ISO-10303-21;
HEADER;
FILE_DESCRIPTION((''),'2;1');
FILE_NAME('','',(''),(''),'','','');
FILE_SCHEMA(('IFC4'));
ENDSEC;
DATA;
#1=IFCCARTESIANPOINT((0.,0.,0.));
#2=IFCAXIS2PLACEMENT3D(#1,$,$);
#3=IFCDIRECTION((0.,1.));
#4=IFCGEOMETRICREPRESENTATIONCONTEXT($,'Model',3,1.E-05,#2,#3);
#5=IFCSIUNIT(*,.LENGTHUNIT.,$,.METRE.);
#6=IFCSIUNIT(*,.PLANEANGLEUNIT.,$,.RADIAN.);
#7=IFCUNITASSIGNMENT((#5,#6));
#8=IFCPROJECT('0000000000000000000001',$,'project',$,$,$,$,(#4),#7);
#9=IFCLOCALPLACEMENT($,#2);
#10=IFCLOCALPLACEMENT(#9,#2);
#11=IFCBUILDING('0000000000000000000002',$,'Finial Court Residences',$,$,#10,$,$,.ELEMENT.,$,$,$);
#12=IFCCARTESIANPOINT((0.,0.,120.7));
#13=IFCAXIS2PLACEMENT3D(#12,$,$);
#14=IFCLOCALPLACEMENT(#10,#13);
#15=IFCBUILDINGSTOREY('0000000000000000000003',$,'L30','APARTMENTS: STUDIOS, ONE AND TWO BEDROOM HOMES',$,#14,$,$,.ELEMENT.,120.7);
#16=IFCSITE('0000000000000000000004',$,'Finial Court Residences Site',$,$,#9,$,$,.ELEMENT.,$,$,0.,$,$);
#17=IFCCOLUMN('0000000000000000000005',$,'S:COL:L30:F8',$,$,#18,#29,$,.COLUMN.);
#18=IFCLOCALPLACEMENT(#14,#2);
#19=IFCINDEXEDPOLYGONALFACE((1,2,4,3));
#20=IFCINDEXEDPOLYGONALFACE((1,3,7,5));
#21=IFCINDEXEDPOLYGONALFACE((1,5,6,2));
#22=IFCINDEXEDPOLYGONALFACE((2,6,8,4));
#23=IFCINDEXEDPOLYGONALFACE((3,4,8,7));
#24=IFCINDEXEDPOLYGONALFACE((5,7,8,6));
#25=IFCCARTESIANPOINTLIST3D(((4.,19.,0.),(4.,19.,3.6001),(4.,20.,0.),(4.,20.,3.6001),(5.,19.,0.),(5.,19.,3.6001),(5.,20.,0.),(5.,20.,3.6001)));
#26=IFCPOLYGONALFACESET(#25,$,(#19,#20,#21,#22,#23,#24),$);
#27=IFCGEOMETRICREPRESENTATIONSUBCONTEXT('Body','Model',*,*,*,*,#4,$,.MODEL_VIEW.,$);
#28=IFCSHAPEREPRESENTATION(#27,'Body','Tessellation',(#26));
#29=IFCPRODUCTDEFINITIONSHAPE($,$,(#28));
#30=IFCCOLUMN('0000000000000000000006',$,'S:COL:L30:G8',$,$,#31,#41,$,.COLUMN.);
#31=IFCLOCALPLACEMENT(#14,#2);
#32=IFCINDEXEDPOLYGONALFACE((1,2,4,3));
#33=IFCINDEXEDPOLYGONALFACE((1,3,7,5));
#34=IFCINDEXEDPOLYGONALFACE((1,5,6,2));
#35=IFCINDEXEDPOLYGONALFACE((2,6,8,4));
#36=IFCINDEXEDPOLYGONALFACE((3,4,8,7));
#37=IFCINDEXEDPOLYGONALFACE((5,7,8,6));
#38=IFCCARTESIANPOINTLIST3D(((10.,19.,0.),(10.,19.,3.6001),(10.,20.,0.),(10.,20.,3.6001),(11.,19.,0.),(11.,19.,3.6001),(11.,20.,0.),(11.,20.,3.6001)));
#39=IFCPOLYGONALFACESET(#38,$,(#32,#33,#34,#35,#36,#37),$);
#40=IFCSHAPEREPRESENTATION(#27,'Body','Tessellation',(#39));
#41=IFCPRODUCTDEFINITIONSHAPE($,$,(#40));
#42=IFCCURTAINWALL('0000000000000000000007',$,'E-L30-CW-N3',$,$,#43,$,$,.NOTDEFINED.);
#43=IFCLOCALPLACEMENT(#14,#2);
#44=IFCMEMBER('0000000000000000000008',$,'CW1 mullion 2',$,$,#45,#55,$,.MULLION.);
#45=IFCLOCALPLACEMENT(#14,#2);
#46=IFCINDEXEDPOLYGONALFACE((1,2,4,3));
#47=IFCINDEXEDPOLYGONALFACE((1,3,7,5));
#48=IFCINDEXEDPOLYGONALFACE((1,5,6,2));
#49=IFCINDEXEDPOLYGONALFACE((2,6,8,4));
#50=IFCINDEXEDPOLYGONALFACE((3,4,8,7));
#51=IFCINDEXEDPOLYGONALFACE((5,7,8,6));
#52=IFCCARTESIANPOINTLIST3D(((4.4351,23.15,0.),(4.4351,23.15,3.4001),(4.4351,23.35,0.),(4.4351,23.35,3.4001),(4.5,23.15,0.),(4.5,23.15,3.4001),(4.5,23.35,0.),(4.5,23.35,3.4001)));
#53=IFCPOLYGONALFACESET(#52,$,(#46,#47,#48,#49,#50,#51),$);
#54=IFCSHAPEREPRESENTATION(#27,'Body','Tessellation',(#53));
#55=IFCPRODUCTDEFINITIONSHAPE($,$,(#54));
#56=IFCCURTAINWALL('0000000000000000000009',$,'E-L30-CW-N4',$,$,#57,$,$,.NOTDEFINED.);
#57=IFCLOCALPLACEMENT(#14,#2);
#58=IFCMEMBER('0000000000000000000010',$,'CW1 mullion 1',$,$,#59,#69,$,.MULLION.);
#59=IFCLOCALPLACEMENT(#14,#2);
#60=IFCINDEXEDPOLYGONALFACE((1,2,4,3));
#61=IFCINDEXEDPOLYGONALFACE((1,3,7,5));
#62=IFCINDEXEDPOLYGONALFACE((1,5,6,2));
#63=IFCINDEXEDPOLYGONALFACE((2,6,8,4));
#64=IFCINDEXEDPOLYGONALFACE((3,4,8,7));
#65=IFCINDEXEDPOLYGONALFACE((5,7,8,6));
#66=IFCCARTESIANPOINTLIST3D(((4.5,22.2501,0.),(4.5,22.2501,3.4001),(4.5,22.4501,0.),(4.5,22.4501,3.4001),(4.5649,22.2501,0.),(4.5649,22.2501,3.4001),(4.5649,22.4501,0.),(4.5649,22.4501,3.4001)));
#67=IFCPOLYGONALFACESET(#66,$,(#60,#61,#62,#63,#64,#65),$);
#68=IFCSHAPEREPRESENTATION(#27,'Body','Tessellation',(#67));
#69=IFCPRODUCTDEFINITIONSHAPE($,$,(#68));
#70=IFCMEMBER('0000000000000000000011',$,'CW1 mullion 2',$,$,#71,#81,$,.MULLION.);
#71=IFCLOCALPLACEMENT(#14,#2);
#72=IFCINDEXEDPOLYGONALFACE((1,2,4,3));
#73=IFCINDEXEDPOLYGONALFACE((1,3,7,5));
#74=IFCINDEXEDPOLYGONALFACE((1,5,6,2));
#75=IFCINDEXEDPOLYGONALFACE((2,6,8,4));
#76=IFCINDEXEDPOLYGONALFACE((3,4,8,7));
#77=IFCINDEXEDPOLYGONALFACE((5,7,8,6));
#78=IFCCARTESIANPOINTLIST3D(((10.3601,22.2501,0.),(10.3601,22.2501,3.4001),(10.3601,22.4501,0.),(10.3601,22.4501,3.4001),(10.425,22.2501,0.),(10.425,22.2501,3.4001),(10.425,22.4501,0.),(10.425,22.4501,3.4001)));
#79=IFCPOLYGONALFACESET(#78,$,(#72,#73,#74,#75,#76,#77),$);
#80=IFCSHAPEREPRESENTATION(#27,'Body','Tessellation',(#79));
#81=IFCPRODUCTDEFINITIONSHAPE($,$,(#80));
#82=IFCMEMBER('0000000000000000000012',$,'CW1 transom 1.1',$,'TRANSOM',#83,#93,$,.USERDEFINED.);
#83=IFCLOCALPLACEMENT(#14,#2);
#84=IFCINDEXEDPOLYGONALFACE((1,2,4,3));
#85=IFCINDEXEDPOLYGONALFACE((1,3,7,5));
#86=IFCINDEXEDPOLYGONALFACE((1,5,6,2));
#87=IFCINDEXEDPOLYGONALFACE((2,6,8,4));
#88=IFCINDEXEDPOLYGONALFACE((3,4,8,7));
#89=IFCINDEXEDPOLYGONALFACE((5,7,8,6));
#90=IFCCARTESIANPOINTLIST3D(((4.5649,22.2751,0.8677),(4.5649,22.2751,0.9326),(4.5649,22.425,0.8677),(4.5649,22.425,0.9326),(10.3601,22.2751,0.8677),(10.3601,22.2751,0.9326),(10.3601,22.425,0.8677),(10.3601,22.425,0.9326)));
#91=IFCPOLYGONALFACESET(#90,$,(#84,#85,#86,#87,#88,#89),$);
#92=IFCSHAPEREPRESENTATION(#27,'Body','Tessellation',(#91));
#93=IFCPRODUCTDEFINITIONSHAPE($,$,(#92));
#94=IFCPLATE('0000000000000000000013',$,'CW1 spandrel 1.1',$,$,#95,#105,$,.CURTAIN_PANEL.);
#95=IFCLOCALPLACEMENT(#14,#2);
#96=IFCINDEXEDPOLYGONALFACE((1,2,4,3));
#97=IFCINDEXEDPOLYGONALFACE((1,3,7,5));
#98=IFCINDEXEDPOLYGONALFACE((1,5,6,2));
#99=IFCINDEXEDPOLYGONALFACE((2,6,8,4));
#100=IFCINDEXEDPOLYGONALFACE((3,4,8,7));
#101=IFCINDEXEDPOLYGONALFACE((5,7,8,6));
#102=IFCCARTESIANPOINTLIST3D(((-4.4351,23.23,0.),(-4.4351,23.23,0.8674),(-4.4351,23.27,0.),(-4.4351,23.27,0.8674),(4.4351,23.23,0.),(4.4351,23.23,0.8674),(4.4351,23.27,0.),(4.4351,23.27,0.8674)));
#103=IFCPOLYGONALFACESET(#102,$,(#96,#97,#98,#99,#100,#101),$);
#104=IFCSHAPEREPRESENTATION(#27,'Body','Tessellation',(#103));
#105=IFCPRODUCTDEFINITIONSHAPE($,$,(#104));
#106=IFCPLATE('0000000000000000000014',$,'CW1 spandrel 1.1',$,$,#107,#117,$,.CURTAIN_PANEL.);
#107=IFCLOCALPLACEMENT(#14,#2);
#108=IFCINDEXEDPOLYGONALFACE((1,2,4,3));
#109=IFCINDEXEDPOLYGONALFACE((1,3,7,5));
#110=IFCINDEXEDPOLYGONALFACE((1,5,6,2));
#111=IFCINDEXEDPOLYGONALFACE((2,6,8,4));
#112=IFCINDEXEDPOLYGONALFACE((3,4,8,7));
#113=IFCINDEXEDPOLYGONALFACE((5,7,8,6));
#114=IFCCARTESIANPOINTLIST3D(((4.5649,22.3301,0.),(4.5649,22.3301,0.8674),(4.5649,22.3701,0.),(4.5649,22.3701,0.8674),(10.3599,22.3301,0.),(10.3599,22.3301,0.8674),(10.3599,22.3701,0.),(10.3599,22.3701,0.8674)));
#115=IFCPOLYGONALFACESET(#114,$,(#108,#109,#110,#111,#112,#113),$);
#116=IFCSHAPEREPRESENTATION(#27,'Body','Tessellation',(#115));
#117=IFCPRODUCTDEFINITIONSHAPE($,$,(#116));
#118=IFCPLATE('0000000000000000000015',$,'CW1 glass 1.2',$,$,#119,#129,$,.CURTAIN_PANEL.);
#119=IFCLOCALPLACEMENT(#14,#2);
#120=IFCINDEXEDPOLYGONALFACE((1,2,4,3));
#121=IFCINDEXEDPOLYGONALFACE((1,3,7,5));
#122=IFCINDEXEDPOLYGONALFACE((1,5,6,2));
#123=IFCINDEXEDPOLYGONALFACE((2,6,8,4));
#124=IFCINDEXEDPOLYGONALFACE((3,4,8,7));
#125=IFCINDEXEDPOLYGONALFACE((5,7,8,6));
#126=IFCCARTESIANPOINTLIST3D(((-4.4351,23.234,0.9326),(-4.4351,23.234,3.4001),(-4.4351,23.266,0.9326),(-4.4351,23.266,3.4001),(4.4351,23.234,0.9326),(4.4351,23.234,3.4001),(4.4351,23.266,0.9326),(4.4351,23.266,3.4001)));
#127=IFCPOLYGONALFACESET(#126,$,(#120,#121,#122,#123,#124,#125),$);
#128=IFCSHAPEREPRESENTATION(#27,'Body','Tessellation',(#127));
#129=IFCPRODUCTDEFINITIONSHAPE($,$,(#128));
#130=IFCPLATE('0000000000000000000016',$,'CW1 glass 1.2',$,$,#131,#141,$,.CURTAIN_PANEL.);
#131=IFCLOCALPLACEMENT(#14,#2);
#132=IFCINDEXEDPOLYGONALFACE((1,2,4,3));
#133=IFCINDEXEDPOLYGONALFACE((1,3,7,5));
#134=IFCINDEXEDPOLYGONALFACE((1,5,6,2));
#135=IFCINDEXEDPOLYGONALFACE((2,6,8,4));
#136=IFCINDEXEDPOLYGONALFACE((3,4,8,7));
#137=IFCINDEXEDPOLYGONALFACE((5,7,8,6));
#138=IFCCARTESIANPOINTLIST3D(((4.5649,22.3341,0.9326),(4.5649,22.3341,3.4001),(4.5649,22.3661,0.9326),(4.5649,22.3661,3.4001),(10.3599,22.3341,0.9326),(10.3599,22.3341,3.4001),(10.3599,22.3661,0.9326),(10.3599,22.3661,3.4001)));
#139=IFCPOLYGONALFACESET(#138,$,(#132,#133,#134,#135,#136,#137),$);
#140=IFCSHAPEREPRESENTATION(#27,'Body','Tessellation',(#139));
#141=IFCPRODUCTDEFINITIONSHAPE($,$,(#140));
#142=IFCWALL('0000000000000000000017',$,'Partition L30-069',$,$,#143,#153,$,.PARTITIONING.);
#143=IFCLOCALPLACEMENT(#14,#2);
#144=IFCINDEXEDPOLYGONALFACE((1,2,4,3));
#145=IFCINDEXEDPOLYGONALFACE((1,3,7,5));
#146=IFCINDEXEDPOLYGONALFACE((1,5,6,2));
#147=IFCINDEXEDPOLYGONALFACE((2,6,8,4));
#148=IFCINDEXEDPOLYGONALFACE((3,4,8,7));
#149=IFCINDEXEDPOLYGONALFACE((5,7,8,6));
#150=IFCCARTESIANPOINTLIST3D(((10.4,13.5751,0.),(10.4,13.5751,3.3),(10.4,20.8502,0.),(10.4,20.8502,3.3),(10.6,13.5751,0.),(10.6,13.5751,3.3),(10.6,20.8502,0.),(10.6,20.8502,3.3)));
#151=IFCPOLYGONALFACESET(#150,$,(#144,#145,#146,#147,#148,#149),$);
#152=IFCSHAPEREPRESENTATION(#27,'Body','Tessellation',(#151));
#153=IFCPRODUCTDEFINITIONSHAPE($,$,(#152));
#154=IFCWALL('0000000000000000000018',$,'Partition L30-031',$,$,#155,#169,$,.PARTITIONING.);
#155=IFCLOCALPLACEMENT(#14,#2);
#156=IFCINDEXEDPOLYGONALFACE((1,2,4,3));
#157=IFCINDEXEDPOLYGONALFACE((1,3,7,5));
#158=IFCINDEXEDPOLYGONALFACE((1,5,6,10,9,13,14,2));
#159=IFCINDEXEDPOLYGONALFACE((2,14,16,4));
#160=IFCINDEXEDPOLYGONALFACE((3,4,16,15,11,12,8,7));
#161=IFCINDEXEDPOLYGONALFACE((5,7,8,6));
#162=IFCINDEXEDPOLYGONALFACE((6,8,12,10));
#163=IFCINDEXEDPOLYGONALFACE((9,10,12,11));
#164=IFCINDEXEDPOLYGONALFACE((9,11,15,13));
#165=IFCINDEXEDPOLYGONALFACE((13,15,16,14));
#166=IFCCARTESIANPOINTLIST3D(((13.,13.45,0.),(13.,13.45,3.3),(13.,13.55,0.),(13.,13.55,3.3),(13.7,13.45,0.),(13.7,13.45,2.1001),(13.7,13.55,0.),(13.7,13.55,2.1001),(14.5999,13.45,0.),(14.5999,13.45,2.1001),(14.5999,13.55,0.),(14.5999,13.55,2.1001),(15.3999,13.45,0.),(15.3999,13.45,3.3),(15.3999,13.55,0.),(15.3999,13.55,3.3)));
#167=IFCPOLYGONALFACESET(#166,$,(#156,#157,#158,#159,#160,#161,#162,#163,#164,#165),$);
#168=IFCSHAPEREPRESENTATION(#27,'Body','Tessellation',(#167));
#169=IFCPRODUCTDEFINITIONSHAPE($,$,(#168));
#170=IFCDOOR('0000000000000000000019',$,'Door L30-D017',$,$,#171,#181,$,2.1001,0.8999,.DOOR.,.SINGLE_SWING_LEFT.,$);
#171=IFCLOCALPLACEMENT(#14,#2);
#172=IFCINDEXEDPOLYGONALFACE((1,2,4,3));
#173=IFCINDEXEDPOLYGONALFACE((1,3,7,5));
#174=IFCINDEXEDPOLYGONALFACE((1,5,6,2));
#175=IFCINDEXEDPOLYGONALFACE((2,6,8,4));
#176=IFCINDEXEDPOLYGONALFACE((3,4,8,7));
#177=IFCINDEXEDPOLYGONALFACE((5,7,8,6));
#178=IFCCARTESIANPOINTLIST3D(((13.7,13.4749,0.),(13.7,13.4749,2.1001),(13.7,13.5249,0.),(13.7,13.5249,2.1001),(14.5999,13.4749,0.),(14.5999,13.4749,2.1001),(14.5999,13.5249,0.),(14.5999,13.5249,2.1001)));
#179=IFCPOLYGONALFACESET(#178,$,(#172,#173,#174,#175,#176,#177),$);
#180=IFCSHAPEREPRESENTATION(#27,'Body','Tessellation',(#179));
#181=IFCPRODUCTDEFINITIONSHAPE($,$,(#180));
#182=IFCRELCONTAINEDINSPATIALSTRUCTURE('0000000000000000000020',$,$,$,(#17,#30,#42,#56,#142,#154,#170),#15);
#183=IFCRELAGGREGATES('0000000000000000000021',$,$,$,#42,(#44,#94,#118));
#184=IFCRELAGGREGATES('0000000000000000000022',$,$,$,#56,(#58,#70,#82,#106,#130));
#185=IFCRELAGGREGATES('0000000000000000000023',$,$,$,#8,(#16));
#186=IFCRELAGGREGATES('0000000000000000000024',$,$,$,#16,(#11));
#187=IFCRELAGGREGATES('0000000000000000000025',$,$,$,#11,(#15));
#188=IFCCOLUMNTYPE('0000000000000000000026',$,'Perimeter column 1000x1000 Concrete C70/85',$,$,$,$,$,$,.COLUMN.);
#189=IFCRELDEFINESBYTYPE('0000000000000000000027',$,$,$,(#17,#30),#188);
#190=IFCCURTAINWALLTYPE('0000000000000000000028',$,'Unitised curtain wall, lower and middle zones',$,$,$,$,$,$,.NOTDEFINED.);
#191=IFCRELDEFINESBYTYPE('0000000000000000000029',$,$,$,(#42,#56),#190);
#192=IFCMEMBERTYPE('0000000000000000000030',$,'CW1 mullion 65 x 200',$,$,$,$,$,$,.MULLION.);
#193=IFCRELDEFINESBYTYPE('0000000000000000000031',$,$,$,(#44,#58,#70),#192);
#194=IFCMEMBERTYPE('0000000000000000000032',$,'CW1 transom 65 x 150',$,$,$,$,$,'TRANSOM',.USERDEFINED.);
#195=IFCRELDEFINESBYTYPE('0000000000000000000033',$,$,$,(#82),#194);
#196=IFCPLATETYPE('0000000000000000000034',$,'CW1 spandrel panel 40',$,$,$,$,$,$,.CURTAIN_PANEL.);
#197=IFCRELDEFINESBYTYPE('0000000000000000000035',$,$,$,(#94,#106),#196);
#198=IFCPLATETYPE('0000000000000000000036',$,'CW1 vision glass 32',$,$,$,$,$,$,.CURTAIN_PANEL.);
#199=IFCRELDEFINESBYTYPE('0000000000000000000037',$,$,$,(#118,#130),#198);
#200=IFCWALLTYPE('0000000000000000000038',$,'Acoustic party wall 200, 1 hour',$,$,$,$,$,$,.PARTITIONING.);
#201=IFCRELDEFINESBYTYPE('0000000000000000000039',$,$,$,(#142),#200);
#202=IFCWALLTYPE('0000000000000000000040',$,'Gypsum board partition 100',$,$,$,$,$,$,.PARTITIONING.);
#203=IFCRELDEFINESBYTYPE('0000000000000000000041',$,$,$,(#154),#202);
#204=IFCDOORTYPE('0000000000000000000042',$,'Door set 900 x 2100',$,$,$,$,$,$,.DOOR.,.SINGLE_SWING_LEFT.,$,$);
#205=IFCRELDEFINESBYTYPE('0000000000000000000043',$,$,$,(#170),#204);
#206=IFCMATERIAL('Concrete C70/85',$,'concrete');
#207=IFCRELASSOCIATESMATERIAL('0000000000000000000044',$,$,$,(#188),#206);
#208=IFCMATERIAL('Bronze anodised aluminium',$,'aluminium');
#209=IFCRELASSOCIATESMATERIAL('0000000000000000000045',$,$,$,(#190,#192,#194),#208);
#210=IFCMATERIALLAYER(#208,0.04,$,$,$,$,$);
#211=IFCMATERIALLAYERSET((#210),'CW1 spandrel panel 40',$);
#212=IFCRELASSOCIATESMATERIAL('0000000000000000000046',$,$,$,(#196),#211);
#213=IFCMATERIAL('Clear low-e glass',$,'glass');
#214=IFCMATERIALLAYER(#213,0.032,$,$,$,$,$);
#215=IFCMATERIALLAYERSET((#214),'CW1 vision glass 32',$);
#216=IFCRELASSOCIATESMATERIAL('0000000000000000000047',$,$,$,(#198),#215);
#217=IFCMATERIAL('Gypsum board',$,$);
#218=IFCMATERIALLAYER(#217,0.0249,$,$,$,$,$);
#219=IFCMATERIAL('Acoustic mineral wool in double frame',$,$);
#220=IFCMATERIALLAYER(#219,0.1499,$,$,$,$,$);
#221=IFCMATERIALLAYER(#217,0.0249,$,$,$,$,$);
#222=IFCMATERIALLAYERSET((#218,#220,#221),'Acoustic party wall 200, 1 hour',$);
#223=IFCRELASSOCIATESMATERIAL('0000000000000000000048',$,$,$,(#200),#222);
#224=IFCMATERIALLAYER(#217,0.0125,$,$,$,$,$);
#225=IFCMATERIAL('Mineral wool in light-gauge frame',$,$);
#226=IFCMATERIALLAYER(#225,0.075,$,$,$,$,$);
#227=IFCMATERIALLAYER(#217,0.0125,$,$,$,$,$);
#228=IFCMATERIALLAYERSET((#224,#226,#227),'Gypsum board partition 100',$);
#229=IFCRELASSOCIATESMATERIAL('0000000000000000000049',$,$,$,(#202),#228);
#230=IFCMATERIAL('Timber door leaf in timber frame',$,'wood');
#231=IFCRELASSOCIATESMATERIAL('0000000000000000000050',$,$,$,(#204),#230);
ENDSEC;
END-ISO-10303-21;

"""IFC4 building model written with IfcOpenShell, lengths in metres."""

from ifc_helpers import new_model, si_unit, direction, frame, frame_2d, origin, origin_2d, place, context, subcontext, project, spatial, rectangle, extrude, material, layer, layer_set, material_profile, profile_set, type_object, element, fill, aggregate, save


model = new_model("IFC4")

# Units and contexts
model_context = context("Model", 3, precision=1e-05, world=origin(), true_north=direction((0.0, 1.0)))
body_context = subcontext(model_context, "Body", "Model", "MODEL_VIEW")
ifc_project = project(units=[si_unit("LENGTHUNIT", "METRE"), si_unit("PLANEANGLEUNIT", "RADIAN")], contexts=[model_context])

# Site, building, storey
site_placement = place(None, origin())
site = spatial("IfcSite", under=ifc_project, at=site_placement, Name="Finial Court Residences Site", CompositionType="ELEMENT", RefElevation=0.0)
building_placement = place(site_placement, origin())
building = spatial("IfcBuilding", under=site, at=building_placement, Name="Finial Court Residences", CompositionType="ELEMENT")
storey_placement = place(building_placement, frame((0.0, 0.0, 120.7)))
storey = spatial("IfcBuildingStorey", under=building, at=storey_placement, Name="L30", Description="APARTMENTS: STUDIOS, ONE AND TWO BEDROOM HOMES", CompositionType="ELEMENT", Elevation=120.7)

# Columns
ifc_material_1 = material(Name="Concrete C70/85", Category="concrete")
ifc_material_profile_1 = material_profile(ifc_material_1, rectangle(XDim=1.0, YDim=1.0, at=origin_2d()), Name="1000x1000")
ifc_profile_set_1 = profile_set([ifc_material_profile_1], Name="Concrete C70/85")
column_type = type_object("IfcColumnType", Name="Perimeter column 1000x1000 Concrete C70/85", PredefinedType="COLUMN", material=ifc_profile_set_1)
for number, where, z_axis, x_axis, name in (
    (1, (4.5, 19.5, 0.0), (0.0, 0.0, 1.0), (1.0, 0.0, 0.0), "S:COL:L30:F8"),
    (2, (10.5, 19.5, 0.0), (0.0, 0.0, 1.0), (1.0, 0.0, 0.0), "S:COL:L30:G8"),
):
    element("IfcColumn", number, at=place(storey_placement, frame(where, z_axis=z_axis, x_axis=x_axis)), inside=storey, type_object=column_type, Name=name, PredefinedType="COLUMN", context=body_context, shape_type="SweptSolid", body=[
        extrude(rectangle(XDim=1.0, YDim=1.0, at=origin_2d()), origin(), (0.0, 0.0, 1.0), 3.6001),
    ])

# Curtain wall, member
ifc_material_2 = material(Name="Bronze anodised aluminium", Category="aluminium")
curtain_wall_type = type_object("IfcCurtainWallType", Name="Unitised curtain wall, lower and middle zones", PredefinedType="NOTDEFINED", material=ifc_material_2)
curtain_wall_1_placement = place(storey_placement, origin())
curtain_wall_1 = element("IfcCurtainWall", 3, at=curtain_wall_1_placement, inside=storey, type_object=curtain_wall_type, Name="E-L30-CW-N3", PredefinedType="NOTDEFINED")
ifc_material_profile_2 = material_profile(ifc_material_2, rectangle(XDim=0.2, YDim=0.0649, at=origin_2d()), Name="CW1 mullion 65 x 200")
ifc_profile_set_2 = profile_set([ifc_material_profile_2], Name="Bronze anodised aluminium")
member_type_1 = type_object("IfcMemberType", Name="CW1 mullion 65 x 200", PredefinedType="MULLION", material=ifc_profile_set_2)
member_1_placement = place(storey_placement, frame((4.4675, 23.25, 0.0), z_axis=(0.0, 0.0, 1.0), x_axis=(0.0, 1.0, 0.0)))
member_1 = element("IfcMember", 4, at=member_1_placement, type_object=member_type_1, Name="CW1 mullion 2", PredefinedType="MULLION", context=body_context, shape_type="SweptSolid", body=[
    extrude(rectangle(XDim=0.2, YDim=0.0649, at=origin_2d()), origin(), (0.0, 0.0, 1.0), 3.4001),
])

# Curtain wall, members
curtain_wall_2_placement = place(storey_placement, origin())
curtain_wall_2 = element("IfcCurtainWall", 5, at=curtain_wall_2_placement, inside=storey, type_object=curtain_wall_type, Name="E-L30-CW-N4", PredefinedType="NOTDEFINED")
member_2_placement = place(storey_placement, frame((4.5325, 22.3501, 0.0), z_axis=(0.0, 0.0, 1.0), x_axis=(0.0, 1.0, 0.0)))
member_2 = element("IfcMember", 6, at=member_2_placement, type_object=member_type_1, Name="CW1 mullion 1", PredefinedType="MULLION", context=body_context, shape_type="SweptSolid", body=[
    extrude(rectangle(XDim=0.2, YDim=0.0649, at=origin_2d()), origin(), (0.0, 0.0, 1.0), 3.4001),
])
member_3_placement = place(storey_placement, frame((10.3926, 22.3501, 0.0), z_axis=(0.0, 0.0, 1.0), x_axis=(0.0, 1.0, 0.0)))
member_3 = element("IfcMember", 7, at=member_3_placement, type_object=member_type_1, Name="CW1 mullion 2", PredefinedType="MULLION", context=body_context, shape_type="SweptSolid", body=[
    extrude(rectangle(XDim=0.2, YDim=0.0649, at=origin_2d()), origin(), (0.0, 0.0, 1.0), 3.4001),
])
ifc_material_profile_3 = material_profile(ifc_material_2, rectangle(XDim=0.1499, YDim=0.0649, at=origin_2d()), Name="CW1 transom 65 x 150")
ifc_profile_set_3 = profile_set([ifc_material_profile_3], Name="Bronze anodised aluminium")
member_type_2 = type_object("IfcMemberType", Name="CW1 transom 65 x 150", ElementType="TRANSOM", PredefinedType="USERDEFINED", material=ifc_profile_set_3)
member_4_placement = place(storey_placement, frame((4.5649, 22.3501, 0.9001), z_axis=(1.0, 0.0, 0.0), x_axis=(0.0, 1.0, 0.0)))
member_4 = element("IfcMember", 8, at=member_4_placement, type_object=member_type_2, Name="CW1 transom 1.1", ObjectType="TRANSOM", PredefinedType="USERDEFINED", context=body_context, shape_type="SweptSolid", body=[
    extrude(rectangle(XDim=0.1499, YDim=0.0649, at=origin_2d()), origin(), (0.0, 0.0, 1.0), 5.7952),
])

# Plates
ifc_layer_1 = layer(ifc_material_2, 0.04)
ifc_layer_set_1 = layer_set([ifc_layer_1], Name="CW1 spandrel panel 40")
plate_type_1 = type_object("IfcPlateType", Name="CW1 spandrel panel 40", PredefinedType="CURTAIN_PANEL", material=ifc_layer_set_1)
plate_1_placement = place(storey_placement, frame((0.0, 23.25, 0.0), z_axis=(0.0, 0.0, 1.0), x_axis=(1.0, 0.0, 0.0)))
plate_1 = element("IfcPlate", 9, at=plate_1_placement, type_object=plate_type_1, Name="CW1 spandrel 1.1", PredefinedType="CURTAIN_PANEL", context=body_context, shape_type="SweptSolid", body=[
    extrude(rectangle(XDim=8.8701, YDim=0.04, at=origin_2d()), origin(), (0.0, 0.0, 1.0), 0.8674),
])
plate_2_placement = place(storey_placement, frame((7.4624, 22.3501, 0.0), z_axis=(0.0, 0.0, 1.0), x_axis=(1.0, 0.0, 0.0)))
plate_2 = element("IfcPlate", 10, at=plate_2_placement, type_object=plate_type_1, Name="CW1 spandrel 1.1", PredefinedType="CURTAIN_PANEL", context=body_context, shape_type="SweptSolid", body=[
    extrude(rectangle(XDim=5.7949, YDim=0.04, at=origin_2d()), origin(), (0.0, 0.0, 1.0), 0.8674),
])
ifc_material_3 = material(Name="Clear low-e glass", Category="glass")
ifc_layer_2 = layer(ifc_material_3, 0.032)
ifc_layer_set_2 = layer_set([ifc_layer_2], Name="CW1 vision glass 32")
plate_type_2 = type_object("IfcPlateType", Name="CW1 vision glass 32", PredefinedType="CURTAIN_PANEL", material=ifc_layer_set_2)
plate_3_placement = place(storey_placement, frame((0.0, 23.25, 0.9326), z_axis=(0.0, 0.0, 1.0), x_axis=(1.0, 0.0, 0.0)))
plate_3 = element("IfcPlate", 11, at=plate_3_placement, type_object=plate_type_2, Name="CW1 glass 1.2", PredefinedType="CURTAIN_PANEL", context=body_context, shape_type="SweptSolid", body=[
    extrude(rectangle(XDim=8.8701, YDim=0.032, at=origin_2d()), origin(), (0.0, 0.0, 1.0), 2.4675),
])
aggregate(curtain_wall_1, [member_1, plate_1, plate_3])
plate_4_placement = place(storey_placement, frame((7.4624, 22.3501, 0.9326), z_axis=(0.0, 0.0, 1.0), x_axis=(1.0, 0.0, 0.0)))
plate_4 = element("IfcPlate", 12, at=plate_4_placement, type_object=plate_type_2, Name="CW1 glass 1.2", PredefinedType="CURTAIN_PANEL", context=body_context, shape_type="SweptSolid", body=[
    extrude(rectangle(XDim=5.7949, YDim=0.032, at=origin_2d()), origin(), (0.0, 0.0, 1.0), 2.4675),
])
aggregate(curtain_wall_2, [member_2, member_3, member_4, plate_2, plate_4])

# Wall
ifc_material_4 = material(Name="Gypsum board")
ifc_layer_3 = layer(ifc_material_4, 0.0249)
ifc_material_5 = material(Name="Acoustic mineral wool in double frame")
ifc_layer_4 = layer(ifc_material_5, 0.1499)
ifc_layer_5 = layer(ifc_material_4, 0.0249)
ifc_layer_set_3 = layer_set([ifc_layer_3, ifc_layer_4, ifc_layer_5], Name="Acoustic party wall 200, 1 hour")
wall_type_1 = type_object("IfcWallType", Name="Acoustic party wall 200, 1 hour", PredefinedType="PARTITIONING", material=ifc_layer_set_3)
wall_1_placement = place(storey_placement, frame((10.5, 13.575, 0.0), z_axis=(0.0, 0.0, 1.0), x_axis=(0.0, 1.0, 0.0)))
element("IfcWall", 13, at=wall_1_placement, inside=storey, type_object=wall_type_1, Name="Partition L30-069", PredefinedType="PARTITIONING", context=body_context, shape_type="SweptSolid", body=[
    extrude(rectangle(XDim=7.2751, YDim=0.2, at=frame_2d((3.6377, 0.0))), origin(), (0.0, 0.0, 1.0), 3.3),
])

# Wall, opening, door
ifc_layer_6 = layer(ifc_material_4, 0.0125)
ifc_material_6 = material(Name="Mineral wool in light-gauge frame")
ifc_layer_7 = layer(ifc_material_6, 0.075)
ifc_layer_8 = layer(ifc_material_4, 0.0125)
ifc_layer_set_4 = layer_set([ifc_layer_6, ifc_layer_7, ifc_layer_8], Name="Gypsum board partition 100")
wall_type_2 = type_object("IfcWallType", Name="Gypsum board partition 100", PredefinedType="PARTITIONING", material=ifc_layer_set_4)
wall_2_placement = place(storey_placement, frame((13.0, 13.5, 0.0), z_axis=(0.0, 0.0, 1.0), x_axis=(1.0, 0.0, 0.0)))
wall_2 = element("IfcWall", 14, at=wall_2_placement, inside=storey, type_object=wall_type_2, Name="Partition L30-031", PredefinedType="PARTITIONING", context=body_context, shape_type="SweptSolid", body=[
    extrude(rectangle(XDim=2.3999, YDim=0.1001, at=frame_2d((1.2, 0.0))), origin(), (0.0, 0.0, 1.0), 3.3),
])
opening_1_placement = place(wall_2_placement, frame((0.7, 0.0, 0.0)))
opening_1 = element("IfcOpeningElement", 15, at=opening_1_placement, cuts=wall_2, PredefinedType="OPENING", context=body_context, shape_type="SweptSolid", body=[
    extrude(rectangle(XDim=0.8999, YDim=2.1001, at=frame_2d((0.45, 1.05))), frame((0.0, 0.0601, 0.0), z_axis=(0.0, -1.0, 0.0), x_axis=(1.0, 0.0, 0.0)), (0.0, 0.0, 1.0), 0.1201),
])
ifc_material_7 = material(Name="Timber door leaf in timber frame", Category="wood")
door_type_1 = type_object("IfcDoorType", Name="Door set 900 x 2100", OperationType="SINGLE_SWING_LEFT", PredefinedType="DOOR", material=ifc_material_7)
door_1_placement = place(opening_1_placement, origin())
door_1 = element("IfcDoor", 16, at=door_1_placement, inside=storey, type_object=door_type_1, Name="Door L30-D017", OperationType="SINGLE_SWING_LEFT", OverallHeight=2.1001, OverallWidth=0.8999, PredefinedType="DOOR", context=body_context, shape_type="SweptSolid", body=[
    extrude(rectangle(XDim=0.8999, YDim=2.1001, at=frame_2d((0.45, 1.05))), frame((0.0, 0.0249, 0.0), z_axis=(0.0, -1.0, 0.0), x_axis=(1.0, 0.0, 0.0)), (0.0, 0.0, 1.0), 0.05),
])
fill(opening_1, door_1)

save(model, "model.ifc")
